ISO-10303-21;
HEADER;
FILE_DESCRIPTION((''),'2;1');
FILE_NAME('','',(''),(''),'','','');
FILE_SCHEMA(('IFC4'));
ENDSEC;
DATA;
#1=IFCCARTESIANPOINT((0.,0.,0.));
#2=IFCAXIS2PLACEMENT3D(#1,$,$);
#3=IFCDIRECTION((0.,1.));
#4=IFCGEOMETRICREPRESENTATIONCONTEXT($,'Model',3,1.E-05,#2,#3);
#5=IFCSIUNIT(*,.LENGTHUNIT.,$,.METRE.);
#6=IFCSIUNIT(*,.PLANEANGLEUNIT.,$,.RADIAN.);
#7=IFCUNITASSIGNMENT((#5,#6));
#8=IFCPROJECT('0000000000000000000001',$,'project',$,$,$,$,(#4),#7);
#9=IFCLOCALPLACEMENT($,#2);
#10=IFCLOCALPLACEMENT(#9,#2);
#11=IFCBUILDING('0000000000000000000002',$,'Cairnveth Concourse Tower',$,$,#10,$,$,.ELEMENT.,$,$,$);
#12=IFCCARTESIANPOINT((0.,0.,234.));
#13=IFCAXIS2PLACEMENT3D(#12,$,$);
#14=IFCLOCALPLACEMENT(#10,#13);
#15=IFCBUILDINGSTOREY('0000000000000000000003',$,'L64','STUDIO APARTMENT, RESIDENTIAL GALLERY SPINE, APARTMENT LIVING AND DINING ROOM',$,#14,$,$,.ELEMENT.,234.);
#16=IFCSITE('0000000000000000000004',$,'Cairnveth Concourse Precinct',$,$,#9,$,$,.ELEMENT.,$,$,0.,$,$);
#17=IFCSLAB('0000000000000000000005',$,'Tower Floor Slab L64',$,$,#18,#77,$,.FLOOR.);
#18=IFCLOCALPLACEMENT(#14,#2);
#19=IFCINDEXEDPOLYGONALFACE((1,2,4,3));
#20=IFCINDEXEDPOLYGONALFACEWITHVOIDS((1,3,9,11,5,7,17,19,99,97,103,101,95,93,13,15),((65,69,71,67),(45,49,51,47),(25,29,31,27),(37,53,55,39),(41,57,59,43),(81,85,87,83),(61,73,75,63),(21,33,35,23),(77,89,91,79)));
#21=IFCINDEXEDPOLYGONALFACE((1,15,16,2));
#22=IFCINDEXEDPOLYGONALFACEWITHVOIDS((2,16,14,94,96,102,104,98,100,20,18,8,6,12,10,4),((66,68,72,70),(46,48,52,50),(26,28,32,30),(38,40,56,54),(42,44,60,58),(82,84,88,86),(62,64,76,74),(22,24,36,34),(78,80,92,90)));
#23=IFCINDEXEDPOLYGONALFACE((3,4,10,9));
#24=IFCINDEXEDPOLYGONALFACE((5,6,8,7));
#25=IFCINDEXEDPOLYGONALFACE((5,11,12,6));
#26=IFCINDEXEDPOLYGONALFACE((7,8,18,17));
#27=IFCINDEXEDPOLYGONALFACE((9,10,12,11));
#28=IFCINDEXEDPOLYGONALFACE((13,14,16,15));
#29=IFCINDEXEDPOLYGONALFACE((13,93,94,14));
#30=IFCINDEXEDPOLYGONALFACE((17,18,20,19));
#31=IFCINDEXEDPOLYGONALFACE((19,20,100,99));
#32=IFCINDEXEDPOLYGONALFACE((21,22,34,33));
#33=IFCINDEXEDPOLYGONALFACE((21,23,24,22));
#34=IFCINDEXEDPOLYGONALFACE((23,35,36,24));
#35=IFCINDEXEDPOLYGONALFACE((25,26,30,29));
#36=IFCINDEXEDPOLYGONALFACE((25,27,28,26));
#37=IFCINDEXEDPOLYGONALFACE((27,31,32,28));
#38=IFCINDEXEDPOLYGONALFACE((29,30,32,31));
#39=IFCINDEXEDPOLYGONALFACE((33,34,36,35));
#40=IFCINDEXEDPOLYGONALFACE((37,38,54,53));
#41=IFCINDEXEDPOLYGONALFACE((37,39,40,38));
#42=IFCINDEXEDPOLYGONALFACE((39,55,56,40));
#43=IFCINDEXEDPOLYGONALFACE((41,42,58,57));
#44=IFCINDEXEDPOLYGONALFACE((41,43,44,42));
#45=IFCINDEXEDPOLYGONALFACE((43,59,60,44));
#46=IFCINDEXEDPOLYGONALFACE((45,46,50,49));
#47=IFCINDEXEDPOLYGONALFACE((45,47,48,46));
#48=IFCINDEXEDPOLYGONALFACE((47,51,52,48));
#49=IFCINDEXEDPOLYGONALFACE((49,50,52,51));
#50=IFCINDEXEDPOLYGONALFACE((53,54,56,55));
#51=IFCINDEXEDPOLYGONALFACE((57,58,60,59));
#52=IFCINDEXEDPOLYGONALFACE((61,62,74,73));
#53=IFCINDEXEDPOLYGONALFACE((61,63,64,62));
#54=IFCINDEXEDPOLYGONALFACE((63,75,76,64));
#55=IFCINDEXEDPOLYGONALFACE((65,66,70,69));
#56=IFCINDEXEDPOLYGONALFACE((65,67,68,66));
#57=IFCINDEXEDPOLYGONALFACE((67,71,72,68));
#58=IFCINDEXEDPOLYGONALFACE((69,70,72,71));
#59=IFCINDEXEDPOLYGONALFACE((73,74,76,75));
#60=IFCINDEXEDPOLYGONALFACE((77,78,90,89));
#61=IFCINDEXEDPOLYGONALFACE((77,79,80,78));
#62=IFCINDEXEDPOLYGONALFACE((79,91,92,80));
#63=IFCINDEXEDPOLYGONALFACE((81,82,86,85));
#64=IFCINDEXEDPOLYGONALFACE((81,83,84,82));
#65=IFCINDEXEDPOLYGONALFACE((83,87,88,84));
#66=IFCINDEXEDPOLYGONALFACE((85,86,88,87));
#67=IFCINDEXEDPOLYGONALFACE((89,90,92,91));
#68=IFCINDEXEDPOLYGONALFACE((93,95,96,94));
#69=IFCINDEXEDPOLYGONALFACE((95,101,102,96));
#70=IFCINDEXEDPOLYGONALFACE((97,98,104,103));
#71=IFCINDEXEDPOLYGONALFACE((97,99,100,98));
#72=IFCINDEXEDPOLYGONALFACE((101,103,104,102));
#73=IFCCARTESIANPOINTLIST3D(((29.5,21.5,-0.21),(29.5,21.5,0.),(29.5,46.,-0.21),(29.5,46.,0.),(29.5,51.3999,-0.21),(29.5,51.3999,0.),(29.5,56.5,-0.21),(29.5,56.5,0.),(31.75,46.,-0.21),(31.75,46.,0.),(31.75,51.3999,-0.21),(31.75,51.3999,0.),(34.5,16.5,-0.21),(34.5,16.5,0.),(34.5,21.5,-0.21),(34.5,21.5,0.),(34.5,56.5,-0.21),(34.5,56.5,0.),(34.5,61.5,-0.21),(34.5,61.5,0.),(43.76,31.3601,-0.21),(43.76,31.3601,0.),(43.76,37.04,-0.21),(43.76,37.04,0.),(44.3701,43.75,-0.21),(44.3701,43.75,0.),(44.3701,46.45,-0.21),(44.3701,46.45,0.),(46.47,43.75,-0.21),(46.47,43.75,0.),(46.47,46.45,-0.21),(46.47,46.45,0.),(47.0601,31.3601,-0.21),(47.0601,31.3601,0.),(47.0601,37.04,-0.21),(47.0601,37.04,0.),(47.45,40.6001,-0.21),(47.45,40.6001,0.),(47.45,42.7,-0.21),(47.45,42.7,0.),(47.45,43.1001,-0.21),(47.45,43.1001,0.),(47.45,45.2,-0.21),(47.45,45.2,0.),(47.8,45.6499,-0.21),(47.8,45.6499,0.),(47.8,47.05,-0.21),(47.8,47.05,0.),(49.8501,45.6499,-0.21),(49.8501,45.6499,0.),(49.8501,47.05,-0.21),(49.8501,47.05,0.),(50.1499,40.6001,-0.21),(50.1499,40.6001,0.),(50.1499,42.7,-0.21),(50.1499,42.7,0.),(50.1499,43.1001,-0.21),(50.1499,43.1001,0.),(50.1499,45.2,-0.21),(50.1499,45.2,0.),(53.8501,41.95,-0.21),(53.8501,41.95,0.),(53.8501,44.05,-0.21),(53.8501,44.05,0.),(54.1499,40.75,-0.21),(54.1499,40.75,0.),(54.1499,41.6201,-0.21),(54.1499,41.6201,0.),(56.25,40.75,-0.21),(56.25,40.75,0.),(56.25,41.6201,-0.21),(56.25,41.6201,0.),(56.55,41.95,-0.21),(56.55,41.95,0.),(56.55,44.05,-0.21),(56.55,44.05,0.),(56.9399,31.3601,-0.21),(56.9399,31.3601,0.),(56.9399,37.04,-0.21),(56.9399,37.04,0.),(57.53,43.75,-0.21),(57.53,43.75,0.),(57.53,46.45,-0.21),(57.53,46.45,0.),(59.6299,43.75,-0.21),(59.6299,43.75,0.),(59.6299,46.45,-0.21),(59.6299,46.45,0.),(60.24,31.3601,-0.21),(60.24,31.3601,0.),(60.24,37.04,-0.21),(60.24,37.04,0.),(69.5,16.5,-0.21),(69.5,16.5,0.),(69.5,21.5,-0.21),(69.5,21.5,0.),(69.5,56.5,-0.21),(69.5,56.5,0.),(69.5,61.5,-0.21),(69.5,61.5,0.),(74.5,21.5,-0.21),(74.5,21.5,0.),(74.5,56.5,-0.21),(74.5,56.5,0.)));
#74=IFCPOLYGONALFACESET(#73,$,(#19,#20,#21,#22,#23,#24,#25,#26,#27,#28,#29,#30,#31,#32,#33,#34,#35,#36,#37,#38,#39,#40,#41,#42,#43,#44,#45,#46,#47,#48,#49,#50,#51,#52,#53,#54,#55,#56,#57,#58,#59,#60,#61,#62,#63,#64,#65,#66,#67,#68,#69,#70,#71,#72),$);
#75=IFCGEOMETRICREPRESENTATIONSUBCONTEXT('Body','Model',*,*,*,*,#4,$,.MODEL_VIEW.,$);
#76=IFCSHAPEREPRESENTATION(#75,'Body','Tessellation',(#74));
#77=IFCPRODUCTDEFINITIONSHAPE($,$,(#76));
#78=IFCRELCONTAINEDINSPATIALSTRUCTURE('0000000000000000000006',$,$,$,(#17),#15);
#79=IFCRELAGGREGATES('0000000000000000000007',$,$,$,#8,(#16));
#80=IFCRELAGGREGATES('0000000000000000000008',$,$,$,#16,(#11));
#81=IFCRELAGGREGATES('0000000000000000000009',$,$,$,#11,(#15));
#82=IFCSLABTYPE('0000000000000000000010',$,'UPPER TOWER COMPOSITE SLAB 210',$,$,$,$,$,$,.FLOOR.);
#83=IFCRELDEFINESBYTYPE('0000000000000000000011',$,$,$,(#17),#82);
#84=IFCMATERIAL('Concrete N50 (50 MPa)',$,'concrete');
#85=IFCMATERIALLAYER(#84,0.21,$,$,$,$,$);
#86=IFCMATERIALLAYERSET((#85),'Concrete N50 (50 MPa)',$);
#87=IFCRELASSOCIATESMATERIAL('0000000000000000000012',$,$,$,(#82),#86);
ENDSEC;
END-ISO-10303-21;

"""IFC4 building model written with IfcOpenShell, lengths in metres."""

from ifc_helpers import new_model, si_unit, direction, frame, origin, place, context, subcontext, project, spatial, polyline, outline, extrude, material, layer, layer_set, type_object, element, save


model = new_model("IFC4")

# Units and contexts
model_context = context("Model", 3, precision=1e-05, world=origin(), true_north=direction((0.0, 1.0)))
body_context = subcontext(model_context, "Body", "Model", "MODEL_VIEW")
ifc_project = project(units=[si_unit("LENGTHUNIT", "METRE"), si_unit("PLANEANGLEUNIT", "RADIAN")], contexts=[model_context])

# Site, building, storey
site_placement = place(None, origin())
site = spatial("IfcSite", under=ifc_project, at=site_placement, Name="Cairnveth Concourse Precinct", CompositionType="ELEMENT", RefElevation=0.0)
building_placement = place(site_placement, origin())
building = spatial("IfcBuilding", under=site, at=building_placement, Name="Cairnveth Concourse Tower", CompositionType="ELEMENT")
storey_placement = place(building_placement, frame((0.0, 0.0, 234.0)))
storey = spatial("IfcBuildingStorey", under=building, at=storey_placement, Name="L64", Description="STUDIO APARTMENT, RESIDENTIAL GALLERY SPINE, APARTMENT LIVING AND DINING ROOM", CompositionType="ELEMENT", Elevation=234.0)

# Shared definitions
ifc_material_1 = material(Name="Concrete N50 (50 MPa)", Category="concrete")

# Slab
ifc_layer_1 = layer(ifc_material_1, 0.21)
ifc_layer_set_1 = layer_set([ifc_layer_1], Name="Concrete N50 (50 MPa)")
slab_type_1 = type_object("IfcSlabType", Name="UPPER TOWER COMPOSITE SLAB 210", PredefinedType="FLOOR", material=ifc_layer_set_1)
slab_1_placement = place(storey_placement, frame((0.0, 0.0, -0.21)))
element("IfcSlab", 1, at=slab_1_placement, inside=storey, type_object=slab_type_1, Name="Tower Floor Slab L64", PredefinedType="FLOOR", context=body_context, shape_type="SweptSolid", body=[
    extrude(outline(polyline([(29.5, 51.3999), (31.75, 51.3999), (31.75, 46.0), (29.5, 46.0), (29.5, 21.5), (34.5, 21.5), (34.5, 16.5), (69.5, 16.5), (69.5, 21.5), (74.5, 21.5), (74.5, 56.5), (69.5, 56.5), (69.5, 61.5), (34.5, 61.5), (34.5, 56.5), (29.5, 56.5), (29.5, 51.3999)]), holes=[polyline([(43.76, 31.3601), (47.0601, 31.3601), (47.0601, 37.04), (43.76, 37.04), (43.76, 31.3601)]), polyline([(56.9399, 31.3601), (60.24, 31.3601), (60.24, 37.04), (56.9399, 37.04), (56.9399, 31.3601)]), polyline([(44.3701, 43.75), (46.47, 43.75), (46.47, 46.45), (44.3701, 46.45), (44.3701, 43.75)]), polyline([(57.53, 43.75), (59.6299, 43.75), (59.6299, 46.45), (57.53, 46.45), (57.53, 43.75)]), polyline([(47.45, 40.6001), (50.1499, 40.6001), (50.1499, 42.7), (47.45, 42.7), (47.45, 40.6001)]), polyline([(47.45, 43.1001), (50.1499, 43.1001), (50.1499, 45.2), (47.45, 45.2), (47.45, 43.1001)]), polyline([(53.8501, 41.95), (56.55, 41.95), (56.55, 44.05), (53.8501, 44.05), (53.8501, 41.95)]), polyline([(47.8, 45.6499), (49.8501, 45.6499), (49.8501, 47.05), (47.8, 47.05), (47.8, 45.6499)]), polyline([(54.1499, 40.75), (56.25, 40.75), (56.25, 41.6201), (54.1499, 41.6201), (54.1499, 40.75)])]), origin(), (0.0, 0.0, 1.0), 0.21),
])

save(model, "model.ifc")
